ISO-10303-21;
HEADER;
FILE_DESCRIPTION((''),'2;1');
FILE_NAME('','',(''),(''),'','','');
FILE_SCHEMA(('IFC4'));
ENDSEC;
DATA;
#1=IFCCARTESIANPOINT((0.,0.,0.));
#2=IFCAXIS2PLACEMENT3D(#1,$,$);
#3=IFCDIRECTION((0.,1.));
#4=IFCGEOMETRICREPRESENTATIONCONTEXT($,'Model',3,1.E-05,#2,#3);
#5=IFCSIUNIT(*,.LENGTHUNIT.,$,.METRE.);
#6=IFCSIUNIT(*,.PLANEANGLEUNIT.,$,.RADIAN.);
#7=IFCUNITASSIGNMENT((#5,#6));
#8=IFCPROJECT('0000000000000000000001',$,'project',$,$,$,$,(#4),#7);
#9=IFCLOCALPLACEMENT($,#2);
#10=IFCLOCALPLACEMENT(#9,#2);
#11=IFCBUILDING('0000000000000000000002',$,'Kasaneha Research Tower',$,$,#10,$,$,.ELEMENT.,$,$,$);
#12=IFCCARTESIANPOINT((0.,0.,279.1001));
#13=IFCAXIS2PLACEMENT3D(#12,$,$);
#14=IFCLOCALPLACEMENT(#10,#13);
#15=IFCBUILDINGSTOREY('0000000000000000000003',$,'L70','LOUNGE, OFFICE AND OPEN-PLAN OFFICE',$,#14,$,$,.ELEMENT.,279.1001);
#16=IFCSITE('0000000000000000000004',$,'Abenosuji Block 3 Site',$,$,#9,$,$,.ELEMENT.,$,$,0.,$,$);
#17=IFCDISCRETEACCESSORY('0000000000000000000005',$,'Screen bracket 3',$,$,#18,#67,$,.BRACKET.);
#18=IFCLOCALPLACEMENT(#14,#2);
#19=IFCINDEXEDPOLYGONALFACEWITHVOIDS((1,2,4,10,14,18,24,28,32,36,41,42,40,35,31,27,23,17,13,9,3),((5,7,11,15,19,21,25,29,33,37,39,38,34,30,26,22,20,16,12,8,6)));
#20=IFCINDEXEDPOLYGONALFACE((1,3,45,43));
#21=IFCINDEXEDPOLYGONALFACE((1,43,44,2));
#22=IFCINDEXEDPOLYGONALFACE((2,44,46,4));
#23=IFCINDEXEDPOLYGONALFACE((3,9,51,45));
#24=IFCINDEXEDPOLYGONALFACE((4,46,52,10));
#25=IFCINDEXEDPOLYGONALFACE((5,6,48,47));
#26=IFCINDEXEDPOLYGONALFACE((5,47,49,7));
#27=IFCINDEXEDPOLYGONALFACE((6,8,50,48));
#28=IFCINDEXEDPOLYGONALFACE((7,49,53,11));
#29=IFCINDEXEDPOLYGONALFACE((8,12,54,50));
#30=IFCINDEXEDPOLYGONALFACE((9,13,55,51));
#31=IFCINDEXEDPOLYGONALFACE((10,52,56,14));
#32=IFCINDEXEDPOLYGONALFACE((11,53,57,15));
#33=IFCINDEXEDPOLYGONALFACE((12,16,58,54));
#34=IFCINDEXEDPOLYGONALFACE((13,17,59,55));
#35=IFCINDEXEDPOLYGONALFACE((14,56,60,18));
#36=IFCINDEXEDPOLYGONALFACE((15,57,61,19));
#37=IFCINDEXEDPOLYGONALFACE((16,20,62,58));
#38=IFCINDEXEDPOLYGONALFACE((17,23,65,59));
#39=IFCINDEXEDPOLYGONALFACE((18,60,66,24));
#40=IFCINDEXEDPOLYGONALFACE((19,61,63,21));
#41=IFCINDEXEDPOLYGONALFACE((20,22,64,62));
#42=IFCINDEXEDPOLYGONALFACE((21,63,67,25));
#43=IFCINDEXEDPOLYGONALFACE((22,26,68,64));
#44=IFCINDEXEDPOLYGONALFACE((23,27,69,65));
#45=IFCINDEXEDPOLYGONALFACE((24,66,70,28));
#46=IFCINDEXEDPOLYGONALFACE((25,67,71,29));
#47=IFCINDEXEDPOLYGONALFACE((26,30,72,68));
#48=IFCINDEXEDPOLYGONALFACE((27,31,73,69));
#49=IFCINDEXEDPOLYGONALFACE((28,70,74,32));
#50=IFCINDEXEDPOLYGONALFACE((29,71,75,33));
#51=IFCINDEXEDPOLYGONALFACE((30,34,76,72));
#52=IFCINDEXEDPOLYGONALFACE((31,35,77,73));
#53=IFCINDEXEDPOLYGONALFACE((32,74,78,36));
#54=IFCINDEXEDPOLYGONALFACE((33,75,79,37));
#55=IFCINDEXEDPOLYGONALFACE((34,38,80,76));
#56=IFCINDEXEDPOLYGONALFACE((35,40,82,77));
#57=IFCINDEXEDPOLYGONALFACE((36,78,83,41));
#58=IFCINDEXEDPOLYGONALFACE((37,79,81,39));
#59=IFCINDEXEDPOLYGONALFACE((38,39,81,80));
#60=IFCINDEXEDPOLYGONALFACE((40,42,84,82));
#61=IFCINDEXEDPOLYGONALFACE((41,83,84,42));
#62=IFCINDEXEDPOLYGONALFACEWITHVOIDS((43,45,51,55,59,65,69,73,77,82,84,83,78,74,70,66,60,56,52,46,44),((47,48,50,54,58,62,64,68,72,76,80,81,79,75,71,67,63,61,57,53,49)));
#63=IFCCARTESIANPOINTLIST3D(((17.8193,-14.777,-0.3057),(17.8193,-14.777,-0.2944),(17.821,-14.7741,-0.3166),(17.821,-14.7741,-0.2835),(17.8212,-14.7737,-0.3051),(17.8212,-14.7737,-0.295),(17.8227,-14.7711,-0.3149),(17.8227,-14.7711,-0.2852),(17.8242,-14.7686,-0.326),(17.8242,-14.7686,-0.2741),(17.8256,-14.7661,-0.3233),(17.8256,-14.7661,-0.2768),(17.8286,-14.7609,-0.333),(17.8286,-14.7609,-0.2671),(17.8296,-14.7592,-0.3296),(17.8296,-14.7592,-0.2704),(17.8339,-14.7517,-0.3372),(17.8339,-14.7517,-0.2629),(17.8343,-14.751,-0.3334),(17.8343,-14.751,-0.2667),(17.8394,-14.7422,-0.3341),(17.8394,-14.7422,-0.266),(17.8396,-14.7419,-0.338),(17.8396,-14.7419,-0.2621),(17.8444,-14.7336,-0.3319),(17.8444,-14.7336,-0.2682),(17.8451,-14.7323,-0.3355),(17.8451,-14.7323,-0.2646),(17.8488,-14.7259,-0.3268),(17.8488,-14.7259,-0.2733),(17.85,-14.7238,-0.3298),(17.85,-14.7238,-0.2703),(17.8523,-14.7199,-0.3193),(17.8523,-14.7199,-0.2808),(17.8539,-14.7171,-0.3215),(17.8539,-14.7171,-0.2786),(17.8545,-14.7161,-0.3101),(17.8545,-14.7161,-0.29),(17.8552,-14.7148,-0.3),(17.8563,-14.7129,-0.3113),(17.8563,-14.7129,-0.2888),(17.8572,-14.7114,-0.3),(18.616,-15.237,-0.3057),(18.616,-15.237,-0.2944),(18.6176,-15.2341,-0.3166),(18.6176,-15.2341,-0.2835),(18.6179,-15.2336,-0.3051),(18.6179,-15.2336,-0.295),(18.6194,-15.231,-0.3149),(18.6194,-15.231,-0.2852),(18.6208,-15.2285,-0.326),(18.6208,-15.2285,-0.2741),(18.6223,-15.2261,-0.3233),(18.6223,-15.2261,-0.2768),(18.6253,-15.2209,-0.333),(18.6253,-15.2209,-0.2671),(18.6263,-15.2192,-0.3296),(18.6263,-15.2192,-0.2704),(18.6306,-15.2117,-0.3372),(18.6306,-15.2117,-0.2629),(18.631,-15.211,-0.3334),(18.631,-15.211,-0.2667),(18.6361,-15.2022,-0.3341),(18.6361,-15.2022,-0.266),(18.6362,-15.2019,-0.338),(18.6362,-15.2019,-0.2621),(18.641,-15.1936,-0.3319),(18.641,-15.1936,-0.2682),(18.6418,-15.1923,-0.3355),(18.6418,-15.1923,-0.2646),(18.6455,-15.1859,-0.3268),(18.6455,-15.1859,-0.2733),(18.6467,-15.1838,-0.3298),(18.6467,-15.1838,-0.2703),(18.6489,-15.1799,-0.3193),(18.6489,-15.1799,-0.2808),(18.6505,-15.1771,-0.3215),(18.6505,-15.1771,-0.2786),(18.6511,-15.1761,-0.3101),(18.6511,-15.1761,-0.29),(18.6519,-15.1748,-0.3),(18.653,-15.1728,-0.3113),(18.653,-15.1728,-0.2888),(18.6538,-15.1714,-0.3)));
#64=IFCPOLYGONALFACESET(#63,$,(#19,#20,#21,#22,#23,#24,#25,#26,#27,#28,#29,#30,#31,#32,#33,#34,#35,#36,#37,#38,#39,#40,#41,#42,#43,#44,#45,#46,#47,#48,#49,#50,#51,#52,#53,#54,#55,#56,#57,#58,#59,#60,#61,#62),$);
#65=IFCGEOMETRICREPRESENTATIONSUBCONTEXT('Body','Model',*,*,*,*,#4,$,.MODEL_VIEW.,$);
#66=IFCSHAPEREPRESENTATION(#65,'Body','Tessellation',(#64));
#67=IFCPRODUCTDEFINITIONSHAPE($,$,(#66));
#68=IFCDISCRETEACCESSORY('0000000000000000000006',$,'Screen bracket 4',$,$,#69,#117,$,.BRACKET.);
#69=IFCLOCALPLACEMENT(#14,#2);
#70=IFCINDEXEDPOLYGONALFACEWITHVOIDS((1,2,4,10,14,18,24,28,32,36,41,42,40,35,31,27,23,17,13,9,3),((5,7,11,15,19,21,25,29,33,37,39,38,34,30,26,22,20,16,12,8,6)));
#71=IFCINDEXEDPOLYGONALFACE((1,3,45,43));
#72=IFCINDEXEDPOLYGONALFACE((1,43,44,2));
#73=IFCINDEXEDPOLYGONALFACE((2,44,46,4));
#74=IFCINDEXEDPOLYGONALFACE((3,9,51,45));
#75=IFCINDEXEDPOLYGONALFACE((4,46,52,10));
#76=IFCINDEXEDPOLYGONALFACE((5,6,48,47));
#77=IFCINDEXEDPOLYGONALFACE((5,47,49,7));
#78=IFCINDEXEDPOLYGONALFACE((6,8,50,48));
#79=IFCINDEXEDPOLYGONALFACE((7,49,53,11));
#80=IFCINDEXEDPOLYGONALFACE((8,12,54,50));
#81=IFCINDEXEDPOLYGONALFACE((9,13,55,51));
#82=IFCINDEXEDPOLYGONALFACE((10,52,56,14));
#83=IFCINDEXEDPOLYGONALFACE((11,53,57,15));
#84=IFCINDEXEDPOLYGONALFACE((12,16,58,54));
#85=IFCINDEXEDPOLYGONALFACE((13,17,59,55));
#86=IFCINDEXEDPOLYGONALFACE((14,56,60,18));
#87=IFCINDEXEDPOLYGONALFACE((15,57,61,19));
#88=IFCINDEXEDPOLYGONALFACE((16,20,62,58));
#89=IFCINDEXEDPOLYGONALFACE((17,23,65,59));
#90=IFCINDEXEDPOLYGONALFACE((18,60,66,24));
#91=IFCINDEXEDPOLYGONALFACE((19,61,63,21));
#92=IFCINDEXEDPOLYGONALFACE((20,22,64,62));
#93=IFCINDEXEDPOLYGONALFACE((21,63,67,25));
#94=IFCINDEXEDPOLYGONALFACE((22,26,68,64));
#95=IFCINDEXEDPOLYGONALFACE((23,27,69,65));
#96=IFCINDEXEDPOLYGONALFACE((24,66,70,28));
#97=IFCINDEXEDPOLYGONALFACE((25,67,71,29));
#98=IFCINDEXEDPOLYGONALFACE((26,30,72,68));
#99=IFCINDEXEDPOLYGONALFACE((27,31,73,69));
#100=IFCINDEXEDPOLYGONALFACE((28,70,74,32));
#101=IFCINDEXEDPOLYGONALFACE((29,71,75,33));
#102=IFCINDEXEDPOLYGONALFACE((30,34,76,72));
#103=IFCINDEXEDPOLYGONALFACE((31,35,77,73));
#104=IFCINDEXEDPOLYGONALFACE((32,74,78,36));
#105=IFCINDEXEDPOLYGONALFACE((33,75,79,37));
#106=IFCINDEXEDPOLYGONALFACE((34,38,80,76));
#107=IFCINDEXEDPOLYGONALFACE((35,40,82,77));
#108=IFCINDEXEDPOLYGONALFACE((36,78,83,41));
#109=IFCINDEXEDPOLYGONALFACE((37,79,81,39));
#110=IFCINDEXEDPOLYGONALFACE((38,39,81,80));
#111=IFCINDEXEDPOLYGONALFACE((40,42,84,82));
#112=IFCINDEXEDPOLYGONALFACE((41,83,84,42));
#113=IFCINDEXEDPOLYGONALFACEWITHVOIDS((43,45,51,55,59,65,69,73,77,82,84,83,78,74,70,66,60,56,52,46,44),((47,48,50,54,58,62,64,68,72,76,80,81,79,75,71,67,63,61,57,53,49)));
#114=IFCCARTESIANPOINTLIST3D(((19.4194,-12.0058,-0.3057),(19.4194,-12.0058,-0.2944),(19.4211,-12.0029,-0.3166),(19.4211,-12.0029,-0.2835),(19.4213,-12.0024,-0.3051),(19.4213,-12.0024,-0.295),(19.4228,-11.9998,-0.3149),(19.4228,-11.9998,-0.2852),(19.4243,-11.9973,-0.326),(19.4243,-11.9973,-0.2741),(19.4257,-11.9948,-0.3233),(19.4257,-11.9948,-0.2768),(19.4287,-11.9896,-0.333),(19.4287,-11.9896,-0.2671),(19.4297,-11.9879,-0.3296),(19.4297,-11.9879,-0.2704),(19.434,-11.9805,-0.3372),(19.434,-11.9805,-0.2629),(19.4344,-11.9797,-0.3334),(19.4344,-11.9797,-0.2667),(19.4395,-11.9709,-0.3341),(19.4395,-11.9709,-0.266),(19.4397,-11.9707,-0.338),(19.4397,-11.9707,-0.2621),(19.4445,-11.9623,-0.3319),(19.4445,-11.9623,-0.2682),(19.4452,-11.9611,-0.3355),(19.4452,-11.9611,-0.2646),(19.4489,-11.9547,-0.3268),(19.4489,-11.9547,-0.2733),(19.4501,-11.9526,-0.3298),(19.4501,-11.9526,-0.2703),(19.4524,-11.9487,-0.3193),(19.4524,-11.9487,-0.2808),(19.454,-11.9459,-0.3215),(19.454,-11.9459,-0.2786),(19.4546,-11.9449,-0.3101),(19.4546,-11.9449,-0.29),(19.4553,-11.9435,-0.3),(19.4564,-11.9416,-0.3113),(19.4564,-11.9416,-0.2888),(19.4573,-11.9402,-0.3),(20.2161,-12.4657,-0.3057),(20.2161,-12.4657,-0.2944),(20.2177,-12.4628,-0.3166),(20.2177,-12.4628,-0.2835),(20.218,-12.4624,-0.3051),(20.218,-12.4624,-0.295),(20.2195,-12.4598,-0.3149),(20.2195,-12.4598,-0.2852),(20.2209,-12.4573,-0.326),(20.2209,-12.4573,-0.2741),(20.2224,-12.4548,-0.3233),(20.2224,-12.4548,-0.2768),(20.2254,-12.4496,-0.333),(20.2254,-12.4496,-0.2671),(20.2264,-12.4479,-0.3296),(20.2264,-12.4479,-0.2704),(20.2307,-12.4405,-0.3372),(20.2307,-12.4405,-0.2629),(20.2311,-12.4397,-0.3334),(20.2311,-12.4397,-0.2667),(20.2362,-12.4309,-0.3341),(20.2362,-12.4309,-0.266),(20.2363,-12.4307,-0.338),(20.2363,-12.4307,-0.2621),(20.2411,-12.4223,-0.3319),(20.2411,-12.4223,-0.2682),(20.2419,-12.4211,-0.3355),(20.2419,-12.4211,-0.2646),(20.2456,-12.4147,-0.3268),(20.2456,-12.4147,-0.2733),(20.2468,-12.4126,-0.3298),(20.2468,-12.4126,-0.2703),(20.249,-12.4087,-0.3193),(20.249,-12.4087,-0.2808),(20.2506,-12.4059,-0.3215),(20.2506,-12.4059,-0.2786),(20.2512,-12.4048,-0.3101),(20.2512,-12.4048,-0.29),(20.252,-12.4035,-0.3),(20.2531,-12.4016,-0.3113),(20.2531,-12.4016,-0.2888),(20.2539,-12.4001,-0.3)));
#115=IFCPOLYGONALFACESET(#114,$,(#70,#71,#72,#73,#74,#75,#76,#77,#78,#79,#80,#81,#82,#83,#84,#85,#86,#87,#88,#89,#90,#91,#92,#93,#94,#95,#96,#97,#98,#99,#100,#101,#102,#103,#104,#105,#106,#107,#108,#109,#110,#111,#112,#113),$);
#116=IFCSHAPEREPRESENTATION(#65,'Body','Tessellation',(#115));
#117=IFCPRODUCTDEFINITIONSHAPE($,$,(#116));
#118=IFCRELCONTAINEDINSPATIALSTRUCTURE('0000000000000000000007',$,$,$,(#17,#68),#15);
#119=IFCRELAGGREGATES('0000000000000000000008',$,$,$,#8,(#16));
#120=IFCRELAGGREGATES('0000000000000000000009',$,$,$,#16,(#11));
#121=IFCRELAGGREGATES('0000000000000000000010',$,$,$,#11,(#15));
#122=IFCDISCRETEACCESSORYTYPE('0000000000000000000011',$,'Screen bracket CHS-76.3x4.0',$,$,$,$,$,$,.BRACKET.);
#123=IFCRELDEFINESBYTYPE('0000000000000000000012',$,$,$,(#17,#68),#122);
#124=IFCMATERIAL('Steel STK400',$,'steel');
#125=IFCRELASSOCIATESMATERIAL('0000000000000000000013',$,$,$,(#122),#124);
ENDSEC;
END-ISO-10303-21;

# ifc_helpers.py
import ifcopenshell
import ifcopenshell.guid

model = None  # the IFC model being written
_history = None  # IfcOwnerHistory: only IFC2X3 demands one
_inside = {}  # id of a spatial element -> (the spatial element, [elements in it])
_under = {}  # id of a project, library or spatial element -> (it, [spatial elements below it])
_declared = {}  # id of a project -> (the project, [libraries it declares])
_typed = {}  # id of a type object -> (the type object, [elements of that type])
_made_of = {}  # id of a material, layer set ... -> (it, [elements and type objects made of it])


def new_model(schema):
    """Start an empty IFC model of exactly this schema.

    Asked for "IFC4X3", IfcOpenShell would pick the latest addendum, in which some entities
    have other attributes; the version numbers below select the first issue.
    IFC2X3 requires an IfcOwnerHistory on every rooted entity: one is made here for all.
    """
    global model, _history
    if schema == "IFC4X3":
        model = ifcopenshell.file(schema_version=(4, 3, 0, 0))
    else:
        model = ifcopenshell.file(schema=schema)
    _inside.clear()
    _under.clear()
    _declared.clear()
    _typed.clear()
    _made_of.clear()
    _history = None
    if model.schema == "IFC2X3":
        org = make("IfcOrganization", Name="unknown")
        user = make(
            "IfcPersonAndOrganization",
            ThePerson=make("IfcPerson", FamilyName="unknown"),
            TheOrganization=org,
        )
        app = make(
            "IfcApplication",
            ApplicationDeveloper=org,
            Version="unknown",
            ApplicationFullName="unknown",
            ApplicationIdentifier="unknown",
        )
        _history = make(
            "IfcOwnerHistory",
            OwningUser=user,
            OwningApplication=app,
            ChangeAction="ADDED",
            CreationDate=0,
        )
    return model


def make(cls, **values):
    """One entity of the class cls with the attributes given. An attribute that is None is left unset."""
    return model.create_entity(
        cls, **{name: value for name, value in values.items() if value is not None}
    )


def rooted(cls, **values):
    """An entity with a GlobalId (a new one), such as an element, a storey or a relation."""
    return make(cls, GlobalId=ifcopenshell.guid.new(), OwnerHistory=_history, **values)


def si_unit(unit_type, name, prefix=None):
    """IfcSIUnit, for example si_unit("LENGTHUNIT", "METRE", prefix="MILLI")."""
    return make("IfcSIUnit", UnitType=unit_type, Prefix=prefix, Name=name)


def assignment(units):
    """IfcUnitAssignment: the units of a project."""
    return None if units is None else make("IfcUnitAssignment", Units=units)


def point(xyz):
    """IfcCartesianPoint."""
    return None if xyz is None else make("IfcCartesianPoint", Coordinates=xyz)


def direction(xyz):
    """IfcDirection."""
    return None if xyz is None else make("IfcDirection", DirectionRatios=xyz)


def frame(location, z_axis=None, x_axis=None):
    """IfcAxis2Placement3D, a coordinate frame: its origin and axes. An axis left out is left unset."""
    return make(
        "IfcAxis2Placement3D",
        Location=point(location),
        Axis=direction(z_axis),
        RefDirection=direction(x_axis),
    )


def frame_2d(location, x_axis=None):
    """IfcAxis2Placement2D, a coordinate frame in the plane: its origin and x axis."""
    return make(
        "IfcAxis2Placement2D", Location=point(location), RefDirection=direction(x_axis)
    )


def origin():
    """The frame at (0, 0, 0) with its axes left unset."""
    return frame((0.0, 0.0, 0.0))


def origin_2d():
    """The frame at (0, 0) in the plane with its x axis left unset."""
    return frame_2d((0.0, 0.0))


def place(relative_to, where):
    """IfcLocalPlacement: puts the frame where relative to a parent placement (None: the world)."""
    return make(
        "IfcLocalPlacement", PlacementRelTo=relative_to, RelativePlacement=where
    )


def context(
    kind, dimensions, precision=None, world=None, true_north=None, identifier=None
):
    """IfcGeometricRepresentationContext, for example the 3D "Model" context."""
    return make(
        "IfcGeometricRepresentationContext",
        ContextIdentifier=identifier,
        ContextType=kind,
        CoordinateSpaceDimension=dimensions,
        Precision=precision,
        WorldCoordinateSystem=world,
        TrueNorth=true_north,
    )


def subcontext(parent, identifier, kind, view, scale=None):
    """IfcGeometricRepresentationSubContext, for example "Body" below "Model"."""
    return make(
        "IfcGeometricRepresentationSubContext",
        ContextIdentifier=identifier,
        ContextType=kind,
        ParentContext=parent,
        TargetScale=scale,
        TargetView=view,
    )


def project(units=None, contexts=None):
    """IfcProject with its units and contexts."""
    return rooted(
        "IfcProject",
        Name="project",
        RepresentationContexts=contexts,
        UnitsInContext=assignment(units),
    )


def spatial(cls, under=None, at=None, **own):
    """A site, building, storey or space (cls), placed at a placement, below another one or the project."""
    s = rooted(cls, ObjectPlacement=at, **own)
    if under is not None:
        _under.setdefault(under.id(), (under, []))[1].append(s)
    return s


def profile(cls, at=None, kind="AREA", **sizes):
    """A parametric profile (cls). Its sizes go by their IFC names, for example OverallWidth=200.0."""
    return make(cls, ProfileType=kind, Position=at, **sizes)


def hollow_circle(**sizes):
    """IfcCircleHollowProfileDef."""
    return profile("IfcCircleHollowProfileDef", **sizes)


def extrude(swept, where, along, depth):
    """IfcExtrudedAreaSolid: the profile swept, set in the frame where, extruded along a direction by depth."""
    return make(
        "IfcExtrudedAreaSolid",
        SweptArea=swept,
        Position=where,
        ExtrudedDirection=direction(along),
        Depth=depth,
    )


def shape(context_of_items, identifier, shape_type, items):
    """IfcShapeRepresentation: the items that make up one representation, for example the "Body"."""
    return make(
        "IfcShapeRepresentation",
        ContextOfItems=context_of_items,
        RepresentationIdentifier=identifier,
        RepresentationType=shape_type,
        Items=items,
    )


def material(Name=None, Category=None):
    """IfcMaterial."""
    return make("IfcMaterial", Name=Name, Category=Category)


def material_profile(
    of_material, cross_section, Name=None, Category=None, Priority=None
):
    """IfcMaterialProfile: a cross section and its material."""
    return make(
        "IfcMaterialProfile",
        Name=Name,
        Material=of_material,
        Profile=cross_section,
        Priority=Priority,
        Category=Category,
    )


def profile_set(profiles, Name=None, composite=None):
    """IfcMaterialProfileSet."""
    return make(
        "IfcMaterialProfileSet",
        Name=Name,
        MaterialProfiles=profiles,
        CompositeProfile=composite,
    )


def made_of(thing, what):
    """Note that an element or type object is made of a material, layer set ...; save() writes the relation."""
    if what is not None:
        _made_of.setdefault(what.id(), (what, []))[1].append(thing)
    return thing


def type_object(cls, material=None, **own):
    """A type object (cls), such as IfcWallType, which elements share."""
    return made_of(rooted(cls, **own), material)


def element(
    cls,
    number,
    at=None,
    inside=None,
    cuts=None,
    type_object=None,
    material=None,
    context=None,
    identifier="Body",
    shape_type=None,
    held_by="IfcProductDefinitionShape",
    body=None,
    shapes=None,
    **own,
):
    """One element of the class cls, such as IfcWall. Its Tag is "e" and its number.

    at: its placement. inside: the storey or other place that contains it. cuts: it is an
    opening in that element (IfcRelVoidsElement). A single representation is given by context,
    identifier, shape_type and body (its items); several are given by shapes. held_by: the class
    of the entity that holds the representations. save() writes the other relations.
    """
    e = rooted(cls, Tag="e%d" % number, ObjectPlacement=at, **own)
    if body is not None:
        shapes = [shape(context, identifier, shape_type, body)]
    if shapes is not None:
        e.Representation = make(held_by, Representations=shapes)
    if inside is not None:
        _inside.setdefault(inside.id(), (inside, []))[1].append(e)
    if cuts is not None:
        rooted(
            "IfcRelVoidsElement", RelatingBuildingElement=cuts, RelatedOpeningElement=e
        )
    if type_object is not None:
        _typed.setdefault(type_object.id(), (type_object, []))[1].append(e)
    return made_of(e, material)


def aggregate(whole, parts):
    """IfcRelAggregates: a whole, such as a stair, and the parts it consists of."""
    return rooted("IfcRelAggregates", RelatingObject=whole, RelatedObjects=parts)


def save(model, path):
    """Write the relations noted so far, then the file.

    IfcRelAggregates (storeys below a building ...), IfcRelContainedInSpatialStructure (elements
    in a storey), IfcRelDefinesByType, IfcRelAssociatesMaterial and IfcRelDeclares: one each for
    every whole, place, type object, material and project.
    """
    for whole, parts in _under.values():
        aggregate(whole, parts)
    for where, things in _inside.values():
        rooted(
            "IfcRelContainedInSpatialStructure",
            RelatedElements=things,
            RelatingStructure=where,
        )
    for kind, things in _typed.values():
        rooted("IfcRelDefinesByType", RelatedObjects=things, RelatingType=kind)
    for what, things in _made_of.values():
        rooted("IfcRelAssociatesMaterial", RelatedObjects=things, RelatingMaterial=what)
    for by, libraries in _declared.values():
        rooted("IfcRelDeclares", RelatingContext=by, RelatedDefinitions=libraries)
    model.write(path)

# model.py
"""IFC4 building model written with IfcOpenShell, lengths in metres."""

from ifc_helpers import new_model, si_unit, direction, frame, origin, origin_2d, place, context, subcontext, project, spatial, hollow_circle, extrude, material, material_profile, profile_set, type_object, element, save


model = new_model("IFC4")

# Units and contexts
model_context = context("Model", 3, precision=1e-05, world=origin(), true_north=direction((0.0, 1.0)))
body_context = subcontext(model_context, "Body", "Model", "MODEL_VIEW")
ifc_project = project(units=[si_unit("LENGTHUNIT", "METRE"), si_unit("PLANEANGLEUNIT", "RADIAN")], contexts=[model_context])

# Site, building, storey
site_placement = place(None, origin())
site = spatial("IfcSite", under=ifc_project, at=site_placement, Name="Abenosuji Block 3 Site", CompositionType="ELEMENT", RefElevation=0.0)
building_placement = place(site_placement, origin())
building = spatial("IfcBuilding", under=site, at=building_placement, Name="Kasaneha Research Tower", CompositionType="ELEMENT")
storey_placement = place(building_placement, frame((0.0, 0.0, 279.1001)))
storey = spatial("IfcBuildingStorey", under=building, at=storey_placement, Name="L70", Description="LOUNGE, OFFICE AND OPEN-PLAN OFFICE", CompositionType="ELEMENT", Elevation=279.1001)

# Discrete accessories
ifc_material_1 = material(Name="Steel STK400", Category="steel")
ifc_material_profile_1 = material_profile(ifc_material_1, hollow_circle(Radius=0.0381, WallThickness=0.0039, at=origin_2d()), Name="CHS-76.3x4.0")
ifc_profile_set_1 = profile_set([ifc_material_profile_1], Name="Steel STK400")
discrete_accessory_type = type_object("IfcDiscreteAccessoryType", Name="Screen bracket CHS-76.3x4.0", PredefinedType="BRACKET", material=ifc_profile_set_1)
for number, where, z_axis, x_axis, name in (
    (1, (17.8381, -14.7444, -0.3), (0.866013, -0.500021, 0.0), (0.500021, 0.866013, 0.0), "Screen bracket 3"),
    (2, (19.4382, -11.9731, -0.3), (0.866013, -0.500021, 0.0), (0.500021, 0.866013, 0.0), "Screen bracket 4"),
):
    element("IfcDiscreteAccessory", number, at=place(storey_placement, frame(where, z_axis=z_axis, x_axis=x_axis)), inside=storey, type_object=discrete_accessory_type, Name=name, PredefinedType="BRACKET", context=body_context, shape_type="SweptSolid", body=[
        extrude(hollow_circle(Radius=0.0381, WallThickness=0.0039, at=origin_2d()), origin(), (0.0, 0.0, 1.0), 0.9199),
    ])

save(model, "model.ifc")
